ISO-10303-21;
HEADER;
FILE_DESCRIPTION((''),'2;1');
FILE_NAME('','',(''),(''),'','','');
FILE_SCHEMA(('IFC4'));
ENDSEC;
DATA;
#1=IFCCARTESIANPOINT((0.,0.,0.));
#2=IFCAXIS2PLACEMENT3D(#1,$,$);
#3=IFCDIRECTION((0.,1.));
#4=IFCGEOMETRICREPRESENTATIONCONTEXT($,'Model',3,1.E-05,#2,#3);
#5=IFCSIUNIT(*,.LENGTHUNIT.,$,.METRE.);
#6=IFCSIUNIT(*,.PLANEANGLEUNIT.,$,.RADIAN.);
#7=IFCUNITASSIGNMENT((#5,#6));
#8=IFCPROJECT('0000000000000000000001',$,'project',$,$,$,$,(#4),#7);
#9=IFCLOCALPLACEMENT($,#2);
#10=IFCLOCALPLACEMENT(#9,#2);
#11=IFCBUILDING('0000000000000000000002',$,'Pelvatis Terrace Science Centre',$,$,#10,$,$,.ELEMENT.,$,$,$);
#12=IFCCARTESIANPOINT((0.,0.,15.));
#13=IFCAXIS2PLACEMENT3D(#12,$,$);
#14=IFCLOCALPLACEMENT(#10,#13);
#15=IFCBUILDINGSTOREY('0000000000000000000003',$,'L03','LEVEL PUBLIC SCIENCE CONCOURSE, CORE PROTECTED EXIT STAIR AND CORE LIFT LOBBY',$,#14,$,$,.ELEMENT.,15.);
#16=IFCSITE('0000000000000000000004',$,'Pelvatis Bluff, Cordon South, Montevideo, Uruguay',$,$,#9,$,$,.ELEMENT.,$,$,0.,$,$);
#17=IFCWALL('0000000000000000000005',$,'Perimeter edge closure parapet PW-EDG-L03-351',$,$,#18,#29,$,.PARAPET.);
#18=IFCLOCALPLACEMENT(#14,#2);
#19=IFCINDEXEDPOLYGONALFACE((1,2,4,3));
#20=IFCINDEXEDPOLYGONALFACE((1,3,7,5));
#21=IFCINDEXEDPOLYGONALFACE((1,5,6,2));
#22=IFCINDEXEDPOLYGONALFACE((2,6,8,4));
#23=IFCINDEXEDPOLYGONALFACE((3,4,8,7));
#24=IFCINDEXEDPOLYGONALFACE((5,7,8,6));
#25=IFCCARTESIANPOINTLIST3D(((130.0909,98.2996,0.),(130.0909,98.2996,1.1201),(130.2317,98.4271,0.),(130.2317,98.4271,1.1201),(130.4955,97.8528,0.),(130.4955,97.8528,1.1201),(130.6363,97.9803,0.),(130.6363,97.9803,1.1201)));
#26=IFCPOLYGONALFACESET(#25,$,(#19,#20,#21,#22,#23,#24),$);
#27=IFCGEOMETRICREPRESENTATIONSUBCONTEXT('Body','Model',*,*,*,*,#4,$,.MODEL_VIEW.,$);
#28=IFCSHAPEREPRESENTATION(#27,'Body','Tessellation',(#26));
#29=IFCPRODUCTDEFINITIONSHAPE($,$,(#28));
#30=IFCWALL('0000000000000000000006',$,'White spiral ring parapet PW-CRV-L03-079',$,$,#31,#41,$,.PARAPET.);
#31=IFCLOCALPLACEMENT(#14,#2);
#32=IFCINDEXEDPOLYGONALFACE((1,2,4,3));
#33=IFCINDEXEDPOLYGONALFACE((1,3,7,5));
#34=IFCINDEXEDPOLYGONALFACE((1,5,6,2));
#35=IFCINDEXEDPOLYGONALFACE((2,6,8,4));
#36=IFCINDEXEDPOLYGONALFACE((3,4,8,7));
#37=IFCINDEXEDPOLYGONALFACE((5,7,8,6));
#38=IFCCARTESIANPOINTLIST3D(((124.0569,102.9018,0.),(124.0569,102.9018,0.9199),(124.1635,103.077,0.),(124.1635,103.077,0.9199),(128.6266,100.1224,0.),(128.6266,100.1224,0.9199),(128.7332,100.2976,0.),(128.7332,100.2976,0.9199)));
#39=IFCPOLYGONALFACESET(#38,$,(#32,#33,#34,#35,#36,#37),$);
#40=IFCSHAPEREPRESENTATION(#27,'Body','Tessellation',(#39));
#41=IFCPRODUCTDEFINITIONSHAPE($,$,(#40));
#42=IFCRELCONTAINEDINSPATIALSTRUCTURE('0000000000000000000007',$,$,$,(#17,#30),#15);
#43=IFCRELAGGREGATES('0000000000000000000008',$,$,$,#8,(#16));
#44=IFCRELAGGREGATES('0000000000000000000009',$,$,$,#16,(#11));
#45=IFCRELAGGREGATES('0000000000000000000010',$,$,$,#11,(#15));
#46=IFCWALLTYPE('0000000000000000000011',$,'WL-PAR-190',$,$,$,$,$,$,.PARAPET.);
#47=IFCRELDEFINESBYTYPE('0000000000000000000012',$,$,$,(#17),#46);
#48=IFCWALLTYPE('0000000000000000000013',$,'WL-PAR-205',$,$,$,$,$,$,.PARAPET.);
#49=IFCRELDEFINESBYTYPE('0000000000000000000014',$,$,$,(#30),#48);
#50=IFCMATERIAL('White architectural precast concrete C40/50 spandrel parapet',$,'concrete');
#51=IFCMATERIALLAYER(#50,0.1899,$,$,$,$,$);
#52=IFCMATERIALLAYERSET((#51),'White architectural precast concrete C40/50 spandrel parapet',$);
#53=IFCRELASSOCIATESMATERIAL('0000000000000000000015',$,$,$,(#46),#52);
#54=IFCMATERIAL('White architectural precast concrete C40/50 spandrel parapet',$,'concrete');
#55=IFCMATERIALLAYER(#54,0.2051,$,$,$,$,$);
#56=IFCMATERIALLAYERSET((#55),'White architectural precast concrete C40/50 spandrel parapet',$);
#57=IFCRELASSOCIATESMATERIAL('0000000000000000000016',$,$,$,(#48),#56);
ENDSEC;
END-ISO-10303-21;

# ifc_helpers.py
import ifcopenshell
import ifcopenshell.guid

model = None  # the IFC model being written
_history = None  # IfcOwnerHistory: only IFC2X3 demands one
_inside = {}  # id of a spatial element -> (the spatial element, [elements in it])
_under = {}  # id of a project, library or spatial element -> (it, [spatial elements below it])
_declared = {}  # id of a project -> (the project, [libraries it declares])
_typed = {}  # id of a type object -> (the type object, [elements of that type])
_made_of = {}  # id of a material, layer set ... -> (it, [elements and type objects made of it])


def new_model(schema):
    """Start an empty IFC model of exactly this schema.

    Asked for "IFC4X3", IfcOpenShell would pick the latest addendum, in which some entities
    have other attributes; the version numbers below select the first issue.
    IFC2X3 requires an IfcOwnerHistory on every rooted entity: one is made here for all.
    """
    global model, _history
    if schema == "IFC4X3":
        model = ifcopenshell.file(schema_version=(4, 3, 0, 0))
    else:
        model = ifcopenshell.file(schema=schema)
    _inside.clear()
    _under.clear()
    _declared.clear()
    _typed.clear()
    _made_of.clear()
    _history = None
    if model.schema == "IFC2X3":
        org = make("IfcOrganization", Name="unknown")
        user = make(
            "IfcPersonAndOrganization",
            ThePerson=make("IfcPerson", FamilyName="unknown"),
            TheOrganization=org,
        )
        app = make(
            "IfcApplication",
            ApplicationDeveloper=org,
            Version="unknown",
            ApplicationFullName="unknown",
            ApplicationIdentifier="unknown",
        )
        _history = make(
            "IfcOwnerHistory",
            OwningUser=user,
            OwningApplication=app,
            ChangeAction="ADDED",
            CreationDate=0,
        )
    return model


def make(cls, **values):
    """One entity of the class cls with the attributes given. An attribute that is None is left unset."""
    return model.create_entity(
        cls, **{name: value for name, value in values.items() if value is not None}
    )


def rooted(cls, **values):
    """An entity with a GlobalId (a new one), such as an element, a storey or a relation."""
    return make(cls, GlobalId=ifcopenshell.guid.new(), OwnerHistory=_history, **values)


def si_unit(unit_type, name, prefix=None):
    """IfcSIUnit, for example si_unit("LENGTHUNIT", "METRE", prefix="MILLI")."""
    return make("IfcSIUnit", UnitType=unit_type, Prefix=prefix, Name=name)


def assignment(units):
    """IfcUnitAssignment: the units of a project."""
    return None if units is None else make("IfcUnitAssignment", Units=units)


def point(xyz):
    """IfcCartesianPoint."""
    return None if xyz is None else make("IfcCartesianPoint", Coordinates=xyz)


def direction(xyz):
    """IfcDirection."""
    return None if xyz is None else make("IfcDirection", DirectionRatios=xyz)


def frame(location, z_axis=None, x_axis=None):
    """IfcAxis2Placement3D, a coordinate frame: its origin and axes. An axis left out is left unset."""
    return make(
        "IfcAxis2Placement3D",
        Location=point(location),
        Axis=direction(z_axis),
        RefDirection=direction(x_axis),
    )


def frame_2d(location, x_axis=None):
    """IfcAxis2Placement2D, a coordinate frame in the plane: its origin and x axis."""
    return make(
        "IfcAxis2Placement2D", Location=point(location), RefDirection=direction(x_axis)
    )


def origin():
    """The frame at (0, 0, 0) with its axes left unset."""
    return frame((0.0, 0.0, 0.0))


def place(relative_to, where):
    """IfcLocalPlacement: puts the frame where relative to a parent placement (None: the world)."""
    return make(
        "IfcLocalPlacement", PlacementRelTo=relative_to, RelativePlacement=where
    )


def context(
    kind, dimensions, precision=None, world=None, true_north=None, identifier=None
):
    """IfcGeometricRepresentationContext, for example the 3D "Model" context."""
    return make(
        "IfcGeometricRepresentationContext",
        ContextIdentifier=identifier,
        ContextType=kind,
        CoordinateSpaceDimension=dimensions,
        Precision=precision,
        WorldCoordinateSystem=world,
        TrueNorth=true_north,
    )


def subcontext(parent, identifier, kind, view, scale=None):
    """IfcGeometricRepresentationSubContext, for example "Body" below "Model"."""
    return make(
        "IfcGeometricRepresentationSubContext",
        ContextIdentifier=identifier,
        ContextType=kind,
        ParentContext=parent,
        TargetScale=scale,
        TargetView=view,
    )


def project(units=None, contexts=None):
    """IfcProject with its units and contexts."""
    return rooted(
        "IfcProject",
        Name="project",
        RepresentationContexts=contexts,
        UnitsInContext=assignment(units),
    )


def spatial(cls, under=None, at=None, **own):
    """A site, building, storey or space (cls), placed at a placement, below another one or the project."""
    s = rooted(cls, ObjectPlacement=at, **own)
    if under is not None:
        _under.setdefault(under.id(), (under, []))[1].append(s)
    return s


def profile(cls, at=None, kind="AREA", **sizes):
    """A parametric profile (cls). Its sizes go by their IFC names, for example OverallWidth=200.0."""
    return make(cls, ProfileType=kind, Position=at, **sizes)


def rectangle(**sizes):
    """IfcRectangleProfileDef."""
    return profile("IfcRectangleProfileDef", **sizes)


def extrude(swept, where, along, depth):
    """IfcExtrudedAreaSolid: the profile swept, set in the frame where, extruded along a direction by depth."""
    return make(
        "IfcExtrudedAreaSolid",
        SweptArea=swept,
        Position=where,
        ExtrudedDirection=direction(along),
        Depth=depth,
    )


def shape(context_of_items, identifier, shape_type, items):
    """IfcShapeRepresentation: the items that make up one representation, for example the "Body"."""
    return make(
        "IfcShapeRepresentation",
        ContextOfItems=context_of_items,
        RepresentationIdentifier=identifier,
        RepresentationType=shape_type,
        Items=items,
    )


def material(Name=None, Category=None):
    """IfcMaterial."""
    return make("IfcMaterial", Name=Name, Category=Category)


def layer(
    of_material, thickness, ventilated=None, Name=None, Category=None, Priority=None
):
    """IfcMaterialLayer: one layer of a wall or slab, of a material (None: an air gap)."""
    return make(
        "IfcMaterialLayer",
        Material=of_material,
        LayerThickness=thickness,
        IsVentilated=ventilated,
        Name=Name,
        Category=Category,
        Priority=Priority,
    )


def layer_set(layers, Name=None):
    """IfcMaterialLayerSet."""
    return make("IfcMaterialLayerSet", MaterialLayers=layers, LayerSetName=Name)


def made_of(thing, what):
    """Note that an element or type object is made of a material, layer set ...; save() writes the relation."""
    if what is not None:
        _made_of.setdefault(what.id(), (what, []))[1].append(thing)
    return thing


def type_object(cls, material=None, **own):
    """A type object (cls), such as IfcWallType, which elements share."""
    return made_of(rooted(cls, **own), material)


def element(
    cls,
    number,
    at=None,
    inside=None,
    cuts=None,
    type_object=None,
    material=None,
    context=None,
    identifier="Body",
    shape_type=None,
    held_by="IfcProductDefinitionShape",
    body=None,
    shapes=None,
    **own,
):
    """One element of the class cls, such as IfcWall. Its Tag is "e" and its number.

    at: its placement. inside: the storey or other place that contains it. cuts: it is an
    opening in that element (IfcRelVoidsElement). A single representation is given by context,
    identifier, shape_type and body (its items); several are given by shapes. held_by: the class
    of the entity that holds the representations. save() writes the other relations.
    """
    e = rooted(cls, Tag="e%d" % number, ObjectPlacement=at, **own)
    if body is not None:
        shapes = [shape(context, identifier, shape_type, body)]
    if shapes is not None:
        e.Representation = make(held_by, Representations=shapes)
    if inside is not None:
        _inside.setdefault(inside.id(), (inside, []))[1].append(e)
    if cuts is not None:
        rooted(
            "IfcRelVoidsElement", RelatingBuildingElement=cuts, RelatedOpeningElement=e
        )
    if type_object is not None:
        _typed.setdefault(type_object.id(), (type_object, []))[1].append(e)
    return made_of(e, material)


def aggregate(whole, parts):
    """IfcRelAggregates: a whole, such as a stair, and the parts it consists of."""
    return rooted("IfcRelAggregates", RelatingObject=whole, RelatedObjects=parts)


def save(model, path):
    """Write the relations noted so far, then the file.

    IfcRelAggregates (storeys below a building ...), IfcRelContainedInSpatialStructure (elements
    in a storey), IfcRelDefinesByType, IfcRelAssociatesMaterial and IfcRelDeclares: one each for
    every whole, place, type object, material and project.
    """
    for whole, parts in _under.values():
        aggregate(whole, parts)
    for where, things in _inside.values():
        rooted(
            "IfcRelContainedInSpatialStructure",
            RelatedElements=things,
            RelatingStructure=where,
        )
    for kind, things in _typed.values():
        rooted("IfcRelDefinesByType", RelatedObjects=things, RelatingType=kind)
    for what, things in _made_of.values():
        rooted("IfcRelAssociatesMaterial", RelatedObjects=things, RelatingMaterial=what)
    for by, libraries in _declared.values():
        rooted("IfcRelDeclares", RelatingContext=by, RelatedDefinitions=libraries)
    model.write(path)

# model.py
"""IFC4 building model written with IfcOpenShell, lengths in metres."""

from ifc_helpers import new_model, si_unit, direction, frame, frame_2d, origin, place, context, subcontext, project, spatial, rectangle, extrude, material, layer, layer_set, type_object, element, save


model = new_model("IFC4")

# Units and contexts
model_context = context("Model", 3, precision=1e-05, world=origin(), true_north=direction((0.0, 1.0)))
body_context = subcontext(model_context, "Body", "Model", "MODEL_VIEW")
ifc_project = project(units=[si_unit("LENGTHUNIT", "METRE"), si_unit("PLANEANGLEUNIT", "RADIAN")], contexts=[model_context])

# Site, building, storey
site_placement = place(None, origin())
site = spatial("IfcSite", under=ifc_project, at=site_placement, Name="Pelvatis Bluff, Cordon South, Montevideo, Uruguay", CompositionType="ELEMENT", RefElevation=0.0)
building_placement = place(site_placement, origin())
building = spatial("IfcBuilding", under=site, at=building_placement, Name="Pelvatis Terrace Science Centre", CompositionType="ELEMENT")
storey_placement = place(building_placement, frame((0.0, 0.0, 15.0)))
storey = spatial("IfcBuildingStorey", under=building, at=storey_placement, Name="L03", Description="LEVEL PUBLIC SCIENCE CONCOURSE, CORE PROTECTED EXIT STAIR AND CORE LIFT LOBBY", CompositionType="ELEMENT", Elevation=15.0)

# Walls
ifc_material_1 = material(Name="White architectural precast concrete C40/50 spandrel parapet", Category="concrete")
ifc_layer_1 = layer(ifc_material_1, 0.1899)
ifc_layer_set_1 = layer_set([ifc_layer_1], Name="White architectural precast concrete C40/50 spandrel parapet")
wall_type_1 = type_object("IfcWallType", Name="WL-PAR-190", PredefinedType="PARAPET", material=ifc_layer_set_1)
wall_1_placement = place(storey_placement, frame((130.1614, 98.3633, 0.0), z_axis=(0.0, 0.0, 1.0), x_axis=(0.6712, -0.741277, 0.0)))
element("IfcWall", 1, at=wall_1_placement, inside=storey, type_object=wall_type_1, Name="Perimeter edge closure parapet PW-EDG-L03-351", PredefinedType="PARAPET", context=body_context, shape_type="SweptSolid", body=[
    extrude(rectangle(XDim=0.6028, YDim=0.1899, at=frame_2d((0.3013, 0.0))), origin(), (0.0, 0.0, 1.0), 1.1201),
])
ifc_material_2 = material(Name="White architectural precast concrete C40/50 spandrel parapet", Category="concrete")
ifc_layer_2 = layer(ifc_material_2, 0.2051)
ifc_layer_set_2 = layer_set([ifc_layer_2], Name="White architectural precast concrete C40/50 spandrel parapet")
wall_type_2 = type_object("IfcWallType", Name="WL-PAR-205", PredefinedType="PARAPET", material=ifc_layer_set_2)
wall_2_placement = place(storey_placement, frame((128.6799, 100.21, 0.0), z_axis=(0.0, 0.0, 1.0), x_axis=(-0.854372, 0.519662, 0.0)))
element("IfcWall", 2, at=wall_2_placement, inside=storey, type_object=wall_type_2, Name="White spiral ring parapet PW-CRV-L03-079", PredefinedType="PARAPET", context=body_context, shape_type="SweptSolid", body=[
    extrude(rectangle(XDim=5.3486, YDim=0.2051, at=frame_2d((2.6743, 0.0))), origin(), (0.0, 0.0, 1.0), 0.9199),
])

save(model, "model.ifc")
